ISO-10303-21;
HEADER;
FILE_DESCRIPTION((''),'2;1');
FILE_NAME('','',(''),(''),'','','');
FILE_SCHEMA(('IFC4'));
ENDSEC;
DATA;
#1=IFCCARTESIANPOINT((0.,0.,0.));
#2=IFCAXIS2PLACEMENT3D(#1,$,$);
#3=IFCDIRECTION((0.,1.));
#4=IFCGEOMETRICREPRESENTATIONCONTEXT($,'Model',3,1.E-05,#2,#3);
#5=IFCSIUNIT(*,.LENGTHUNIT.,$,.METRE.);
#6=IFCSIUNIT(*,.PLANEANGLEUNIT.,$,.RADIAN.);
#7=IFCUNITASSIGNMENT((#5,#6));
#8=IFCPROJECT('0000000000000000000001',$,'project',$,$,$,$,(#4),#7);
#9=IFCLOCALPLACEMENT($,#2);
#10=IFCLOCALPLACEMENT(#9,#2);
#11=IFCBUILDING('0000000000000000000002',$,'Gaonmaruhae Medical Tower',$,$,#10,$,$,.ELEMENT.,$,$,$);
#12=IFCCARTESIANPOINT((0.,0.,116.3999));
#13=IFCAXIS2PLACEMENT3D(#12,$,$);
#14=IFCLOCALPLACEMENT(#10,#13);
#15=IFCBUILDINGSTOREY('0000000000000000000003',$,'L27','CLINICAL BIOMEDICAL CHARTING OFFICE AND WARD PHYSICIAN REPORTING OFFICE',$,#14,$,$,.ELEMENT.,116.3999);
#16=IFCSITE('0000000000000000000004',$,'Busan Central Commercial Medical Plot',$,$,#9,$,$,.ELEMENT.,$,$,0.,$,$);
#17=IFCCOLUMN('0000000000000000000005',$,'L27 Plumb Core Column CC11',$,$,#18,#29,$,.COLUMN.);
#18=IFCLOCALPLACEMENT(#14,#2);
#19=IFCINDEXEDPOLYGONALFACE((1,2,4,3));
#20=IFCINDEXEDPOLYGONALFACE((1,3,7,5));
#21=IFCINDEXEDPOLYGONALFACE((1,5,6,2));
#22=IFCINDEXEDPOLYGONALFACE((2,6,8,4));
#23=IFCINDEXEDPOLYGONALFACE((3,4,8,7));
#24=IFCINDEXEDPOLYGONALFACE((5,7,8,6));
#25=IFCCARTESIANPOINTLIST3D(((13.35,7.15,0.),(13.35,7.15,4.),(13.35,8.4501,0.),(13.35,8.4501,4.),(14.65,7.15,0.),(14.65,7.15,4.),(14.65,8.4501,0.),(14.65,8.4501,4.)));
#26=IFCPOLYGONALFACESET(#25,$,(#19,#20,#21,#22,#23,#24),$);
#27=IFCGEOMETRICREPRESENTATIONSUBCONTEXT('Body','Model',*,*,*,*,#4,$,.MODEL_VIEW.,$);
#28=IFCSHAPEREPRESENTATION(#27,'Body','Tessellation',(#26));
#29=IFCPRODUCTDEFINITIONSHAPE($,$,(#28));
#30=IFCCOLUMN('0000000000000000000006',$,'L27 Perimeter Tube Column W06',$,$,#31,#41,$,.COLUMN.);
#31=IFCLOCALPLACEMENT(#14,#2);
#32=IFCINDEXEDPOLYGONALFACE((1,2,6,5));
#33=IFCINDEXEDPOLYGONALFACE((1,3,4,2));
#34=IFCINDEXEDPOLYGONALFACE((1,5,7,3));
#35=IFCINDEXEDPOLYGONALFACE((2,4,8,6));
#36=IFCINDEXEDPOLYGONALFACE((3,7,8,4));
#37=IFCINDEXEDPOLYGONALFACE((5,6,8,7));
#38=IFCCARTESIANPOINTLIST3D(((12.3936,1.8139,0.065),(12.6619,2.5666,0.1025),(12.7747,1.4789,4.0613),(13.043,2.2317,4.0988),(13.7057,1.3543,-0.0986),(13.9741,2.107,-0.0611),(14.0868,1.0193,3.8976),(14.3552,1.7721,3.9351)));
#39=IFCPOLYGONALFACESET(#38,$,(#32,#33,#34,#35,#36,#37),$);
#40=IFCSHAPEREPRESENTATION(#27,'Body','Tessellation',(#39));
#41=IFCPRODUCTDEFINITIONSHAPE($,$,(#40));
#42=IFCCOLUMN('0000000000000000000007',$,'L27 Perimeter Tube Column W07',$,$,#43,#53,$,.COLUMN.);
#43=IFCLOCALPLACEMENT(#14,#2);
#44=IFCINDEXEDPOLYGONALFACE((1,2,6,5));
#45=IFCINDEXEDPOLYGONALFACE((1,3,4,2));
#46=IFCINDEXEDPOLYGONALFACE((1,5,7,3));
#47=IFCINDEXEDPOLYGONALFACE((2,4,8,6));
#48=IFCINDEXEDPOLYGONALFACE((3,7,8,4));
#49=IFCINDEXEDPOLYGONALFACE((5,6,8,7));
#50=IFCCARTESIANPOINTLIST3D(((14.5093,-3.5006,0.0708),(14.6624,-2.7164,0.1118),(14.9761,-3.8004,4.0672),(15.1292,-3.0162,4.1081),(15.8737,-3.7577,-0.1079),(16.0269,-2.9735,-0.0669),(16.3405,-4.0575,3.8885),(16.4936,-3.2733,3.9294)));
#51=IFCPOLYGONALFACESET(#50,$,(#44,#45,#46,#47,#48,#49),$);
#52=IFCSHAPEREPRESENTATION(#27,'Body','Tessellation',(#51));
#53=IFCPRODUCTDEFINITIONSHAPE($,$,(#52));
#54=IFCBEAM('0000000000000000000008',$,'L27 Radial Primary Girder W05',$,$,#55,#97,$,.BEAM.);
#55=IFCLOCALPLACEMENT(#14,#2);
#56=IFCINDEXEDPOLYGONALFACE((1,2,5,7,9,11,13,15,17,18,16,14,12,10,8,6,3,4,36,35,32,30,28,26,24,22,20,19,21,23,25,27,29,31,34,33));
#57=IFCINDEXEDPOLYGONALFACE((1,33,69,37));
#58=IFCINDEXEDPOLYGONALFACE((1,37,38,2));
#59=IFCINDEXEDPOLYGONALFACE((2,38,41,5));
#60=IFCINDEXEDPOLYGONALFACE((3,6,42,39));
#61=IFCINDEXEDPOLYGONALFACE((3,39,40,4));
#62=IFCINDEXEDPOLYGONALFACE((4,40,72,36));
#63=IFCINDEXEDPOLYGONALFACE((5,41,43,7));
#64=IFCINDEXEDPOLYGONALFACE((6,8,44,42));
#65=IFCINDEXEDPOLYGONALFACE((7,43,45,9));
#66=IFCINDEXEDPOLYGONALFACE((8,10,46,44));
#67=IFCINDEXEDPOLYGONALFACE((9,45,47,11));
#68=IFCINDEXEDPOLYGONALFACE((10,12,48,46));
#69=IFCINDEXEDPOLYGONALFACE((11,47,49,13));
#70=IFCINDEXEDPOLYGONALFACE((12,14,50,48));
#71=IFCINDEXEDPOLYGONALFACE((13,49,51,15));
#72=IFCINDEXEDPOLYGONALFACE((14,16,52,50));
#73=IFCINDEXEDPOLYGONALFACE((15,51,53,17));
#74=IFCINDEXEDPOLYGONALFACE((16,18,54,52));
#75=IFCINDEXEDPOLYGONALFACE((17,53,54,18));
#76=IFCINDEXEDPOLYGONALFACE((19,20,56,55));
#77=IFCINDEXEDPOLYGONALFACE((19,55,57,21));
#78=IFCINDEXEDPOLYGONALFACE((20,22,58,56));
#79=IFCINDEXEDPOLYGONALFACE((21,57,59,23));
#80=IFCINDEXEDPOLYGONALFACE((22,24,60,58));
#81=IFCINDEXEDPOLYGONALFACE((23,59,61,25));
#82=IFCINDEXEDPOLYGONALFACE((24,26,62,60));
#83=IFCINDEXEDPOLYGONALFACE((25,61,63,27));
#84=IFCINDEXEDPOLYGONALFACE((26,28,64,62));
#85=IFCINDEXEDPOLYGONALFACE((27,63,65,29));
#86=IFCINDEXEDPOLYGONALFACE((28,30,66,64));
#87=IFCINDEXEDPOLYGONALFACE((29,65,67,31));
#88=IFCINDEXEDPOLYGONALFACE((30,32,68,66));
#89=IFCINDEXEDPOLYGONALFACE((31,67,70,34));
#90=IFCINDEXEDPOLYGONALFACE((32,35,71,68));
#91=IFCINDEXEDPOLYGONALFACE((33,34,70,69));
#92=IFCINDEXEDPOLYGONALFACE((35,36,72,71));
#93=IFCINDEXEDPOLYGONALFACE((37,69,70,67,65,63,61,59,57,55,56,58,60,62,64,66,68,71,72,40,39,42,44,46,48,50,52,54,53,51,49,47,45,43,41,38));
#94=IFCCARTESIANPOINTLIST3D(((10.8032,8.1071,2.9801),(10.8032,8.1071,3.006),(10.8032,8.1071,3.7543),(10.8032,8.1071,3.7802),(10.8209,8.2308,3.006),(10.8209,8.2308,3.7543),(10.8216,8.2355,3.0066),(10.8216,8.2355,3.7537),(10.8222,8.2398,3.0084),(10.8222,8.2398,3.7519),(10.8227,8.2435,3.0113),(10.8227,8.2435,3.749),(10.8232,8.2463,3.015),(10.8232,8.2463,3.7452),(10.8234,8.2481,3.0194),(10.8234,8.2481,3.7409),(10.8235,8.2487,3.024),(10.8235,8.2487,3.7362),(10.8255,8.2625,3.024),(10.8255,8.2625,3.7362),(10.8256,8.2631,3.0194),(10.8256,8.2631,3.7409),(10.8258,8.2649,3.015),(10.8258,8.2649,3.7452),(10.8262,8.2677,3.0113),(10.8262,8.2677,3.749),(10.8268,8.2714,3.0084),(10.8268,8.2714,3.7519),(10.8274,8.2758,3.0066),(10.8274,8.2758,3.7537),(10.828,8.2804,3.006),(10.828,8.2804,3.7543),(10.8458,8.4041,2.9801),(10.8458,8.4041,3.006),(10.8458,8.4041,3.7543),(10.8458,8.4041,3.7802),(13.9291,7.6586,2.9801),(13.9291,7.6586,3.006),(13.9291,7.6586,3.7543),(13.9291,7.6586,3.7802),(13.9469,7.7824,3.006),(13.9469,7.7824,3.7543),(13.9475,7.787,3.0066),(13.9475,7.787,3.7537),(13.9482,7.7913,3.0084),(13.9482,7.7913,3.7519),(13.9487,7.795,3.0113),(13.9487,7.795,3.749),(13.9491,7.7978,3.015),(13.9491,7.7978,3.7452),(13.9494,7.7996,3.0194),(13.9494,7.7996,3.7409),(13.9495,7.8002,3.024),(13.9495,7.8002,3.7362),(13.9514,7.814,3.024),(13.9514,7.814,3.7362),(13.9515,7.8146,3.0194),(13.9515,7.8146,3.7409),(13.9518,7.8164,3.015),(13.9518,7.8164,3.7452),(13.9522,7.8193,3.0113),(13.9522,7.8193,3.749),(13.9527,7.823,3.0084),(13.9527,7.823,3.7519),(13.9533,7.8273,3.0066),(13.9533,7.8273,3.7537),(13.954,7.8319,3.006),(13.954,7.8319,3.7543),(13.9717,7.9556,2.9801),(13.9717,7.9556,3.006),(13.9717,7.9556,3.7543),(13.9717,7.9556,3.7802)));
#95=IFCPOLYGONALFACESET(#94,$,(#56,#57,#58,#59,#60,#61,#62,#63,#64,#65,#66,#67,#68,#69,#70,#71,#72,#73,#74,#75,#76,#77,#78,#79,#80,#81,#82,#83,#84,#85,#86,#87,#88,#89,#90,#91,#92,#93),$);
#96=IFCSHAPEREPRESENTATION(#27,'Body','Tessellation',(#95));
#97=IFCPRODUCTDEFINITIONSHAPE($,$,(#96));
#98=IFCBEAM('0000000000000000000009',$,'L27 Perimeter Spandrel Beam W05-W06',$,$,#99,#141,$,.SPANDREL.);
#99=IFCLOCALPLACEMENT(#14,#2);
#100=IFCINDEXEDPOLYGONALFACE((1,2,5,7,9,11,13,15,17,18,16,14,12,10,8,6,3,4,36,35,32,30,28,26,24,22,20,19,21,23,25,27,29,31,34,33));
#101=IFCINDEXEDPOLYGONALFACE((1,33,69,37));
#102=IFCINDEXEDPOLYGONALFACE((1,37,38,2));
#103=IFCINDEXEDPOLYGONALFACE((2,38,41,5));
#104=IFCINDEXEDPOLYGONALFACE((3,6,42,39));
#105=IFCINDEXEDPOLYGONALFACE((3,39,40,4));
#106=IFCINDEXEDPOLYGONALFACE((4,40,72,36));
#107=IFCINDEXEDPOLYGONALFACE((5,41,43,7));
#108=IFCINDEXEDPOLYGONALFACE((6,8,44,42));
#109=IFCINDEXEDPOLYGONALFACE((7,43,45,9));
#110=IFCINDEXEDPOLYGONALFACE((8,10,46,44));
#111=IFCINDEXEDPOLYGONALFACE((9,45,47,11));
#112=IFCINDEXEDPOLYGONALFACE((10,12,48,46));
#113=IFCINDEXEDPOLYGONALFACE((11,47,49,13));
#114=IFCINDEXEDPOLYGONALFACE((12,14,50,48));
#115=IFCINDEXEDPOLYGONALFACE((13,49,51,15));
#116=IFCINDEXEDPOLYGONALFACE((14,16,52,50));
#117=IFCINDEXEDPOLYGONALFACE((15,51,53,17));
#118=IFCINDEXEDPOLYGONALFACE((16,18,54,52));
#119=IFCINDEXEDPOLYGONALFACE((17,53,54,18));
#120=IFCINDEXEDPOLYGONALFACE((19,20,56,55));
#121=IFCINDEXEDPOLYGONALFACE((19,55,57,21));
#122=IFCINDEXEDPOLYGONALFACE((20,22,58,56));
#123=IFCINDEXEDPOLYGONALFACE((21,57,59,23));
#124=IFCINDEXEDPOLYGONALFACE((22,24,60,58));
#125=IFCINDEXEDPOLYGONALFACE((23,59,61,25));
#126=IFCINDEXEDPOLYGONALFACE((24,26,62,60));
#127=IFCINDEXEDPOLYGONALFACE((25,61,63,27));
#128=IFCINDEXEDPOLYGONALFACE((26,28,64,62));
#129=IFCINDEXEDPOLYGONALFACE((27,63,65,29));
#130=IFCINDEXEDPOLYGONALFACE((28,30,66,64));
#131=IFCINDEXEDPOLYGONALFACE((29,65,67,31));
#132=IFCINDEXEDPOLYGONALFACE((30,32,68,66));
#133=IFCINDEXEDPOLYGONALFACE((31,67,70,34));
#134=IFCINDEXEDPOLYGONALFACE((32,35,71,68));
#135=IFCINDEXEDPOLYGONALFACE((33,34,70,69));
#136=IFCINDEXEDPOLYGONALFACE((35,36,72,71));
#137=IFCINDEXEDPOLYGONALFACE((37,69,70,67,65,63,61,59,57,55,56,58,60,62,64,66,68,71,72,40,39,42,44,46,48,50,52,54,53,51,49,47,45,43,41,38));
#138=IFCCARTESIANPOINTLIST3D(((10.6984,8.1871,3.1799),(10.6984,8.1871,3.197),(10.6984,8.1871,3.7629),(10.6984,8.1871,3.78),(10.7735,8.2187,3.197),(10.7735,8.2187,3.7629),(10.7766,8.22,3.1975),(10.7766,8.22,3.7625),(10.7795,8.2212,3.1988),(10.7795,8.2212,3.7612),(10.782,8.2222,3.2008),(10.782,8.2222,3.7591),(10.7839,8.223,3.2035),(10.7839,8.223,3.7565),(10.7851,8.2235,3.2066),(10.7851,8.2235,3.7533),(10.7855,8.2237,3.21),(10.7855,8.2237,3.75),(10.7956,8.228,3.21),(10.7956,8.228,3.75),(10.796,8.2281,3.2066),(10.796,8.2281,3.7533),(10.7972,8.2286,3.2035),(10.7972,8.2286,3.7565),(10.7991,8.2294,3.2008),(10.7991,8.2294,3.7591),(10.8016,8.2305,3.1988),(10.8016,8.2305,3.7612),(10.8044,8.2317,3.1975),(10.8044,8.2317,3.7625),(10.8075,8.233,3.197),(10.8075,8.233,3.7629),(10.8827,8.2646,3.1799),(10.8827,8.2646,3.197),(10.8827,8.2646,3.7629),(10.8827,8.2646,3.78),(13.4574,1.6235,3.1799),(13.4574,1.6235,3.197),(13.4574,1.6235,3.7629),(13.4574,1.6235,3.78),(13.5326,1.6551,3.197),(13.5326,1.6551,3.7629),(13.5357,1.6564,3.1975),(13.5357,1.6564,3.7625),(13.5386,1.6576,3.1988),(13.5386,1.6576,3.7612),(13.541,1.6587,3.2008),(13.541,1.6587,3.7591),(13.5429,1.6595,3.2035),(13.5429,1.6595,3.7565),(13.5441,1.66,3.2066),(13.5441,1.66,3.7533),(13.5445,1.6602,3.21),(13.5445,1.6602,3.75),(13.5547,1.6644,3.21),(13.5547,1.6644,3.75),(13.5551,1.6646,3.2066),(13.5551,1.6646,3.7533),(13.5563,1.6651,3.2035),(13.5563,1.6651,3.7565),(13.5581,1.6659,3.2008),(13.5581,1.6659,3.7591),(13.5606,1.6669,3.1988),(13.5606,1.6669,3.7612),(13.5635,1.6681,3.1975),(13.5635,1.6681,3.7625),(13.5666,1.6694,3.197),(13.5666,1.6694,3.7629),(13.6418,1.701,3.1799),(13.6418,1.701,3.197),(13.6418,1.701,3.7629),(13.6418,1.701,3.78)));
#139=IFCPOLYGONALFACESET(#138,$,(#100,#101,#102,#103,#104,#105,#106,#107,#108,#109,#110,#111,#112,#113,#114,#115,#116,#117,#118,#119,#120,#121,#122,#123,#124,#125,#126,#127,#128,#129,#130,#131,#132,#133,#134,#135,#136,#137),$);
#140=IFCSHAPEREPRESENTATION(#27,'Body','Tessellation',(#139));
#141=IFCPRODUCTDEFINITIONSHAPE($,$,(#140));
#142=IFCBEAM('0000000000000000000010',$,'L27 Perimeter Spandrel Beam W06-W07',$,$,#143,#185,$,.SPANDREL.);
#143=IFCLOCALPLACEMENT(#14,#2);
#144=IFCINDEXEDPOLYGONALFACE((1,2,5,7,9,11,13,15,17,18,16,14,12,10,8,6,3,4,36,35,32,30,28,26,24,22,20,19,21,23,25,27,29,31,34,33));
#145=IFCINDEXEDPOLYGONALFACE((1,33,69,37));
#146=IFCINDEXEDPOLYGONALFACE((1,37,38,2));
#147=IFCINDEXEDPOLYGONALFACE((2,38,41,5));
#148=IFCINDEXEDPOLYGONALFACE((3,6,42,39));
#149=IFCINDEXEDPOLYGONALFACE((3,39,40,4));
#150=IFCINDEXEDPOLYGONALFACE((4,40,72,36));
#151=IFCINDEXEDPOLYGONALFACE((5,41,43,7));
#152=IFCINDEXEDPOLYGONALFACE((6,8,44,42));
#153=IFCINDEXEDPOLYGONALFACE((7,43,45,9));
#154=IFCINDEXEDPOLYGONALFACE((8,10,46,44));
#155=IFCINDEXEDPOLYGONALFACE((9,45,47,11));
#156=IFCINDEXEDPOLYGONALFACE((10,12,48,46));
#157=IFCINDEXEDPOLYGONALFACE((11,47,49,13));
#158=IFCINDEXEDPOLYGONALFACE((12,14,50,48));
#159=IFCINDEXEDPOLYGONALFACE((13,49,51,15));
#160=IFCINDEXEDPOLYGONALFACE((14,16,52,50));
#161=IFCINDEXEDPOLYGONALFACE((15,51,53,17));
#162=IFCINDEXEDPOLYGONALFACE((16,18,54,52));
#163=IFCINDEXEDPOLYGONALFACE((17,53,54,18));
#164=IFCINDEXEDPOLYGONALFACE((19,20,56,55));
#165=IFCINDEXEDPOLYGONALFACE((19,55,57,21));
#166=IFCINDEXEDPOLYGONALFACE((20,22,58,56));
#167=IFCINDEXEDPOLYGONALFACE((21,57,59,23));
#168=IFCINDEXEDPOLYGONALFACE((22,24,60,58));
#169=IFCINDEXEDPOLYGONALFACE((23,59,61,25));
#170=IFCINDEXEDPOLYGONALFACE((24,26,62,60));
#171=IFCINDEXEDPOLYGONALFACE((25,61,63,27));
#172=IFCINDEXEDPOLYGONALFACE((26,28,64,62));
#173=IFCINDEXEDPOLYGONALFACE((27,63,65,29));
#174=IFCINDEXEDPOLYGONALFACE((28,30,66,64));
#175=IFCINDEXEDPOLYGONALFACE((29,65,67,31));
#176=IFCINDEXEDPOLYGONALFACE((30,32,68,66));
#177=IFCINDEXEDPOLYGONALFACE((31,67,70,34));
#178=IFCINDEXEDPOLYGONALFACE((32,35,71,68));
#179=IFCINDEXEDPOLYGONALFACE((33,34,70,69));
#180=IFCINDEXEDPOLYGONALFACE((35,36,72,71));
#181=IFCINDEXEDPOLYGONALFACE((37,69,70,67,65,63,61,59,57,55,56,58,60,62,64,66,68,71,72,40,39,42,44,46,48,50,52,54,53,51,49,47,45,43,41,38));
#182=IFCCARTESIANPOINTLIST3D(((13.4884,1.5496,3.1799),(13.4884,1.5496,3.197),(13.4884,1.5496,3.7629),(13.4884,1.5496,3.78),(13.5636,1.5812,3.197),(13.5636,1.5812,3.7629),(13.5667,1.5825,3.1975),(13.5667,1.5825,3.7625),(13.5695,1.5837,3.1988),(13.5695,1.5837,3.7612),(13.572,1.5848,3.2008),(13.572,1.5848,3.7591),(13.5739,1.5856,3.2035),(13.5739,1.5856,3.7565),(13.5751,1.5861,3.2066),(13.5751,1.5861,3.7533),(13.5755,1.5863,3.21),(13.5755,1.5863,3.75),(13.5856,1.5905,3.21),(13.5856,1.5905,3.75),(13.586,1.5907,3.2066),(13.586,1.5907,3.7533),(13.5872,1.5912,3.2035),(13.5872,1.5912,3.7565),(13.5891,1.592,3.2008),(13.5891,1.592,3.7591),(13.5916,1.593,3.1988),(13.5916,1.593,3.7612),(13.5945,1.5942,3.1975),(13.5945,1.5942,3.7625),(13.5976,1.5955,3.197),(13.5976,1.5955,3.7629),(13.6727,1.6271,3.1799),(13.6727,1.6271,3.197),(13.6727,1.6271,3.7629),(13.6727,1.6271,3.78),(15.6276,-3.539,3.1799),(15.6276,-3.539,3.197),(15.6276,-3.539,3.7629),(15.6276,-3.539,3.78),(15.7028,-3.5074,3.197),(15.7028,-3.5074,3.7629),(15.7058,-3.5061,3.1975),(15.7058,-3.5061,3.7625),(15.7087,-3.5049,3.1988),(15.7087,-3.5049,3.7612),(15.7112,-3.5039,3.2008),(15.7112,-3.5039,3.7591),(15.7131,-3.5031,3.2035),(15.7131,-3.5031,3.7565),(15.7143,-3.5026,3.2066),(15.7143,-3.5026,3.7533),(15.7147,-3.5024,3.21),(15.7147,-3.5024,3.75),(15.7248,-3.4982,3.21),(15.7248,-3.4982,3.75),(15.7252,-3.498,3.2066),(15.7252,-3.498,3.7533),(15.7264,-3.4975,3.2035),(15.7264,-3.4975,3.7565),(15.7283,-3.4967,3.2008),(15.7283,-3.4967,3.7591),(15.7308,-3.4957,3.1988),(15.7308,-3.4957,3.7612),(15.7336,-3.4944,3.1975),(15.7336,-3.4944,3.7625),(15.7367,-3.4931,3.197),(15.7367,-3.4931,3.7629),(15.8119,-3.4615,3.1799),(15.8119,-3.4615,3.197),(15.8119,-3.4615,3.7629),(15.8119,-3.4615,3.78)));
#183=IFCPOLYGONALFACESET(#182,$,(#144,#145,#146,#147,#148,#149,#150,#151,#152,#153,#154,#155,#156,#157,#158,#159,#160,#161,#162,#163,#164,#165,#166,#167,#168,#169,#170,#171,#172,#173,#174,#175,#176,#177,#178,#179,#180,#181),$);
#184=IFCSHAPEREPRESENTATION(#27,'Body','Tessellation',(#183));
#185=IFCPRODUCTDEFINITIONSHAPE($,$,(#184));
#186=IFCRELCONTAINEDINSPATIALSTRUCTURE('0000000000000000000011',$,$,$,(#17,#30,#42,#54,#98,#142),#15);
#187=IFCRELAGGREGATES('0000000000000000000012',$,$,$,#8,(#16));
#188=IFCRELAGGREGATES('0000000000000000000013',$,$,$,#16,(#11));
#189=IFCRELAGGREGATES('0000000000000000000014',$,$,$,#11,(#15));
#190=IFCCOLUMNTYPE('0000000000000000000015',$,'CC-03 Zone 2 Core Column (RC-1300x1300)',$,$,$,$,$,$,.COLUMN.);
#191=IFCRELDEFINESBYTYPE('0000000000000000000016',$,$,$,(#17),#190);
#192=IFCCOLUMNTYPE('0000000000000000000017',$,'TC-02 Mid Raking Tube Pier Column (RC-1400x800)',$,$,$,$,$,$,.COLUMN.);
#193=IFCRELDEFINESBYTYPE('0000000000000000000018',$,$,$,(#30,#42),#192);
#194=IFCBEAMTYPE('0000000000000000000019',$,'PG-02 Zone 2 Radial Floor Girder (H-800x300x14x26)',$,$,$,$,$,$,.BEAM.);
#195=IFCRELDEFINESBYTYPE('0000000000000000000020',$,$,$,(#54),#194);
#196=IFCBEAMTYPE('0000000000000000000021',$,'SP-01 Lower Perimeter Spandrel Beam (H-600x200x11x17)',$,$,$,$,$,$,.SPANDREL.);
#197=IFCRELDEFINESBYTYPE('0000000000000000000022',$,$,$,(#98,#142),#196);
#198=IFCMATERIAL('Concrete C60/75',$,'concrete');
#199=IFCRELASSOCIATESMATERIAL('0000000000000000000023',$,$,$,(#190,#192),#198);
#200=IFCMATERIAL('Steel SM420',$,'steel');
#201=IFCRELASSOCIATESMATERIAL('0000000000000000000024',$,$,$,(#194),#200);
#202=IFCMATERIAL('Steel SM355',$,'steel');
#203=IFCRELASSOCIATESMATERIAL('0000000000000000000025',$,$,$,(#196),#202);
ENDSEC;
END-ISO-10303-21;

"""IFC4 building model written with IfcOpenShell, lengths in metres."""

from ifc_helpers import new_model, si_unit, direction, frame, origin, origin_2d, place, context, subcontext, project, spatial, rectangle, i_section, extrude, material, material_profile, profile_set, type_object, element, save


model = new_model("IFC4")

# Units and contexts
model_context = context("Model", 3, precision=1e-05, world=origin(), true_north=direction((0.0, 1.0)))
body_context = subcontext(model_context, "Body", "Model", "MODEL_VIEW")
ifc_project = project(units=[si_unit("LENGTHUNIT", "METRE"), si_unit("PLANEANGLEUNIT", "RADIAN")], contexts=[model_context])

# Site, building, storey
site_placement = place(None, origin())
site = spatial("IfcSite", under=ifc_project, at=site_placement, Name="Busan Central Commercial Medical Plot", CompositionType="ELEMENT", RefElevation=0.0)
building_placement = place(site_placement, origin())
building = spatial("IfcBuilding", under=site, at=building_placement, Name="Gaonmaruhae Medical Tower", CompositionType="ELEMENT")
storey_placement = place(building_placement, frame((0.0, 0.0, 116.3999)))
storey = spatial("IfcBuildingStorey", under=building, at=storey_placement, Name="L27", Description="CLINICAL BIOMEDICAL CHARTING OFFICE AND WARD PHYSICIAN REPORTING OFFICE", CompositionType="ELEMENT", Elevation=116.3999)

# Columns
ifc_material_1 = material(Name="Concrete C60/75", Category="concrete")
ifc_material_profile_1 = material_profile(ifc_material_1, rectangle(XDim=1.3, YDim=1.3, at=origin_2d()), Name="RC-1300x1300")
ifc_profile_set_1 = profile_set([ifc_material_profile_1], Name="Concrete C60/75")
column_type_1 = type_object("IfcColumnType", Name="CC-03 Zone 2 Core Column (RC-1300x1300)", PredefinedType="COLUMN", material=ifc_profile_set_1)
column_1_placement = place(storey_placement, frame((14.0, 7.8, 0.0), z_axis=(0.0, 0.0, 1.0), x_axis=(1.0, 0.0, 0.0)))
element("IfcColumn", 1, at=column_1_placement, inside=storey, type_object=column_type_1, Name="L27 Plumb Core Column CC11", PredefinedType="COLUMN", context=body_context, shape_type="SweptSolid", body=[
    extrude(rectangle(XDim=1.3, YDim=1.3, at=origin_2d()), origin(), (0.0, 0.0, 1.0), 4.0),
])
ifc_material_profile_2 = material_profile(ifc_material_1, rectangle(XDim=1.3999, YDim=0.8, at=origin_2d()), Name="RC-1400x800")
ifc_profile_set_2 = profile_set([ifc_material_profile_2], Name="Concrete C60/75")
column_type_2 = type_object("IfcColumnType", Name="TC-02 Mid Raking Tube Pier Column (RC-1400x800)", PredefinedType="COLUMN", material=ifc_profile_set_2)
column_2_placement = place(storey_placement, frame((13.1838, 1.9604, 0.002), z_axis=(0.094604, -0.083149, 0.992036), x_axis=(-0.937305, 0.328319, 0.116903)))
element("IfcColumn", 2, at=column_2_placement, inside=storey, type_object=column_type_2, Name="L27 Perimeter Tube Column W06", PredefinedType="COLUMN", context=body_context, shape_type="SweptSolid", body=[
    extrude(rectangle(XDim=1.3999, YDim=0.8, at=origin_2d()), origin(), (0.0, 0.0, 1.0), 4.0283),
])
column_3_placement = place(storey_placement, frame((15.2681, -3.2371, 0.002), z_axis=(0.115697, -0.074307, 0.990501), x_axis=(-0.974669, 0.183662, 0.127626)))
element("IfcColumn", 3, at=column_3_placement, inside=storey, type_object=column_type_2, Name="L27 Perimeter Tube Column W07", PredefinedType="COLUMN", context=body_context, shape_type="SweptSolid", body=[
    extrude(rectangle(XDim=1.3999, YDim=0.8, at=origin_2d()), origin(), (0.0, 0.0, 1.0), 4.0347),
])

# Beams
ifc_material_2 = material(Name="Steel SM420", Category="steel")
ifc_material_profile_3 = material_profile(ifc_material_2, i_section(OverallWidth=0.3, OverallDepth=0.8, WebThickness=0.0139, FlangeThickness=0.0259, FilletRadius=0.0181, at=origin_2d()), Name="H-800x300x14x26")
ifc_profile_set_3 = profile_set([ifc_material_profile_3], Name="Steel SM420")
beam_type_1 = type_object("IfcBeamType", Name="PG-02 Zone 2 Radial Floor Girder (H-800x300x14x26)", PredefinedType="BEAM", material=ifc_profile_set_3)
beam_1_placement = place(storey_placement, frame((13.9504, 7.8071, 3.3801), z_axis=(-0.989864, 0.142017, 0.0), x_axis=(-0.142017, -0.989864, 0.0)))
element("IfcBeam", 4, at=beam_1_placement, inside=storey, type_object=beam_type_1, Name="L27 Radial Primary Girder W05", PredefinedType="BEAM", context=body_context, shape_type="SweptSolid", body=[
    extrude(i_section(OverallWidth=0.3, OverallDepth=0.8, WebThickness=0.0139, FlangeThickness=0.0259, FilletRadius=0.0181, at=origin_2d()), origin(), (0.0, 0.0, 1.0), 3.158),
])
ifc_material_3 = material(Name="Steel SM355", Category="steel")
ifc_material_profile_4 = material_profile(ifc_material_3, i_section(OverallWidth=0.2, OverallDepth=0.6001, WebThickness=0.011, FlangeThickness=0.0171, FilletRadius=0.0129, at=origin_2d()), Name="H-600x200x11x17")
ifc_profile_set_4 = profile_set([ifc_material_profile_4], Name="Steel SM355")
beam_type_2 = type_object("IfcBeamType", Name="SP-01 Lower Perimeter Spandrel Beam (H-600x200x11x17)", PredefinedType="SPANDREL", material=ifc_profile_set_4)
beam_2_placement = place(storey_placement, frame((10.7905, 8.2258, 3.48), z_axis=(0.387516, -0.921863, 0.0), x_axis=(0.921863, 0.387516, 0.0)))
element("IfcBeam", 5, at=beam_2_placement, inside=storey, type_object=beam_type_2, Name="L27 Perimeter Spandrel Beam W05-W06", PredefinedType="SPANDREL", context=body_context, shape_type="SweptSolid", body=[
    extrude(i_section(OverallWidth=0.2, OverallDepth=0.6001, WebThickness=0.011, FlangeThickness=0.0171, FilletRadius=0.0129, at=origin_2d()), origin(), (0.0, 0.0, 1.0), 7.1199),
])
beam_3_placement = place(storey_placement, frame((13.5806, 1.5884, 3.48), z_axis=(0.387531, -0.921857, 0.0), x_axis=(0.921857, 0.387531, 0.0)))
element("IfcBeam", 6, at=beam_3_placement, inside=storey, type_object=beam_type_2, Name="L27 Perimeter Spandrel Beam W06-W07", PredefinedType="SPANDREL", context=body_context, shape_type="SweptSolid", body=[
    extrude(i_section(OverallWidth=0.2, OverallDepth=0.6001, WebThickness=0.011, FlangeThickness=0.0171, FilletRadius=0.0129, at=origin_2d()), origin(), (0.0, 0.0, 1.0), 5.52),
])

save(model, "model.ifc")
